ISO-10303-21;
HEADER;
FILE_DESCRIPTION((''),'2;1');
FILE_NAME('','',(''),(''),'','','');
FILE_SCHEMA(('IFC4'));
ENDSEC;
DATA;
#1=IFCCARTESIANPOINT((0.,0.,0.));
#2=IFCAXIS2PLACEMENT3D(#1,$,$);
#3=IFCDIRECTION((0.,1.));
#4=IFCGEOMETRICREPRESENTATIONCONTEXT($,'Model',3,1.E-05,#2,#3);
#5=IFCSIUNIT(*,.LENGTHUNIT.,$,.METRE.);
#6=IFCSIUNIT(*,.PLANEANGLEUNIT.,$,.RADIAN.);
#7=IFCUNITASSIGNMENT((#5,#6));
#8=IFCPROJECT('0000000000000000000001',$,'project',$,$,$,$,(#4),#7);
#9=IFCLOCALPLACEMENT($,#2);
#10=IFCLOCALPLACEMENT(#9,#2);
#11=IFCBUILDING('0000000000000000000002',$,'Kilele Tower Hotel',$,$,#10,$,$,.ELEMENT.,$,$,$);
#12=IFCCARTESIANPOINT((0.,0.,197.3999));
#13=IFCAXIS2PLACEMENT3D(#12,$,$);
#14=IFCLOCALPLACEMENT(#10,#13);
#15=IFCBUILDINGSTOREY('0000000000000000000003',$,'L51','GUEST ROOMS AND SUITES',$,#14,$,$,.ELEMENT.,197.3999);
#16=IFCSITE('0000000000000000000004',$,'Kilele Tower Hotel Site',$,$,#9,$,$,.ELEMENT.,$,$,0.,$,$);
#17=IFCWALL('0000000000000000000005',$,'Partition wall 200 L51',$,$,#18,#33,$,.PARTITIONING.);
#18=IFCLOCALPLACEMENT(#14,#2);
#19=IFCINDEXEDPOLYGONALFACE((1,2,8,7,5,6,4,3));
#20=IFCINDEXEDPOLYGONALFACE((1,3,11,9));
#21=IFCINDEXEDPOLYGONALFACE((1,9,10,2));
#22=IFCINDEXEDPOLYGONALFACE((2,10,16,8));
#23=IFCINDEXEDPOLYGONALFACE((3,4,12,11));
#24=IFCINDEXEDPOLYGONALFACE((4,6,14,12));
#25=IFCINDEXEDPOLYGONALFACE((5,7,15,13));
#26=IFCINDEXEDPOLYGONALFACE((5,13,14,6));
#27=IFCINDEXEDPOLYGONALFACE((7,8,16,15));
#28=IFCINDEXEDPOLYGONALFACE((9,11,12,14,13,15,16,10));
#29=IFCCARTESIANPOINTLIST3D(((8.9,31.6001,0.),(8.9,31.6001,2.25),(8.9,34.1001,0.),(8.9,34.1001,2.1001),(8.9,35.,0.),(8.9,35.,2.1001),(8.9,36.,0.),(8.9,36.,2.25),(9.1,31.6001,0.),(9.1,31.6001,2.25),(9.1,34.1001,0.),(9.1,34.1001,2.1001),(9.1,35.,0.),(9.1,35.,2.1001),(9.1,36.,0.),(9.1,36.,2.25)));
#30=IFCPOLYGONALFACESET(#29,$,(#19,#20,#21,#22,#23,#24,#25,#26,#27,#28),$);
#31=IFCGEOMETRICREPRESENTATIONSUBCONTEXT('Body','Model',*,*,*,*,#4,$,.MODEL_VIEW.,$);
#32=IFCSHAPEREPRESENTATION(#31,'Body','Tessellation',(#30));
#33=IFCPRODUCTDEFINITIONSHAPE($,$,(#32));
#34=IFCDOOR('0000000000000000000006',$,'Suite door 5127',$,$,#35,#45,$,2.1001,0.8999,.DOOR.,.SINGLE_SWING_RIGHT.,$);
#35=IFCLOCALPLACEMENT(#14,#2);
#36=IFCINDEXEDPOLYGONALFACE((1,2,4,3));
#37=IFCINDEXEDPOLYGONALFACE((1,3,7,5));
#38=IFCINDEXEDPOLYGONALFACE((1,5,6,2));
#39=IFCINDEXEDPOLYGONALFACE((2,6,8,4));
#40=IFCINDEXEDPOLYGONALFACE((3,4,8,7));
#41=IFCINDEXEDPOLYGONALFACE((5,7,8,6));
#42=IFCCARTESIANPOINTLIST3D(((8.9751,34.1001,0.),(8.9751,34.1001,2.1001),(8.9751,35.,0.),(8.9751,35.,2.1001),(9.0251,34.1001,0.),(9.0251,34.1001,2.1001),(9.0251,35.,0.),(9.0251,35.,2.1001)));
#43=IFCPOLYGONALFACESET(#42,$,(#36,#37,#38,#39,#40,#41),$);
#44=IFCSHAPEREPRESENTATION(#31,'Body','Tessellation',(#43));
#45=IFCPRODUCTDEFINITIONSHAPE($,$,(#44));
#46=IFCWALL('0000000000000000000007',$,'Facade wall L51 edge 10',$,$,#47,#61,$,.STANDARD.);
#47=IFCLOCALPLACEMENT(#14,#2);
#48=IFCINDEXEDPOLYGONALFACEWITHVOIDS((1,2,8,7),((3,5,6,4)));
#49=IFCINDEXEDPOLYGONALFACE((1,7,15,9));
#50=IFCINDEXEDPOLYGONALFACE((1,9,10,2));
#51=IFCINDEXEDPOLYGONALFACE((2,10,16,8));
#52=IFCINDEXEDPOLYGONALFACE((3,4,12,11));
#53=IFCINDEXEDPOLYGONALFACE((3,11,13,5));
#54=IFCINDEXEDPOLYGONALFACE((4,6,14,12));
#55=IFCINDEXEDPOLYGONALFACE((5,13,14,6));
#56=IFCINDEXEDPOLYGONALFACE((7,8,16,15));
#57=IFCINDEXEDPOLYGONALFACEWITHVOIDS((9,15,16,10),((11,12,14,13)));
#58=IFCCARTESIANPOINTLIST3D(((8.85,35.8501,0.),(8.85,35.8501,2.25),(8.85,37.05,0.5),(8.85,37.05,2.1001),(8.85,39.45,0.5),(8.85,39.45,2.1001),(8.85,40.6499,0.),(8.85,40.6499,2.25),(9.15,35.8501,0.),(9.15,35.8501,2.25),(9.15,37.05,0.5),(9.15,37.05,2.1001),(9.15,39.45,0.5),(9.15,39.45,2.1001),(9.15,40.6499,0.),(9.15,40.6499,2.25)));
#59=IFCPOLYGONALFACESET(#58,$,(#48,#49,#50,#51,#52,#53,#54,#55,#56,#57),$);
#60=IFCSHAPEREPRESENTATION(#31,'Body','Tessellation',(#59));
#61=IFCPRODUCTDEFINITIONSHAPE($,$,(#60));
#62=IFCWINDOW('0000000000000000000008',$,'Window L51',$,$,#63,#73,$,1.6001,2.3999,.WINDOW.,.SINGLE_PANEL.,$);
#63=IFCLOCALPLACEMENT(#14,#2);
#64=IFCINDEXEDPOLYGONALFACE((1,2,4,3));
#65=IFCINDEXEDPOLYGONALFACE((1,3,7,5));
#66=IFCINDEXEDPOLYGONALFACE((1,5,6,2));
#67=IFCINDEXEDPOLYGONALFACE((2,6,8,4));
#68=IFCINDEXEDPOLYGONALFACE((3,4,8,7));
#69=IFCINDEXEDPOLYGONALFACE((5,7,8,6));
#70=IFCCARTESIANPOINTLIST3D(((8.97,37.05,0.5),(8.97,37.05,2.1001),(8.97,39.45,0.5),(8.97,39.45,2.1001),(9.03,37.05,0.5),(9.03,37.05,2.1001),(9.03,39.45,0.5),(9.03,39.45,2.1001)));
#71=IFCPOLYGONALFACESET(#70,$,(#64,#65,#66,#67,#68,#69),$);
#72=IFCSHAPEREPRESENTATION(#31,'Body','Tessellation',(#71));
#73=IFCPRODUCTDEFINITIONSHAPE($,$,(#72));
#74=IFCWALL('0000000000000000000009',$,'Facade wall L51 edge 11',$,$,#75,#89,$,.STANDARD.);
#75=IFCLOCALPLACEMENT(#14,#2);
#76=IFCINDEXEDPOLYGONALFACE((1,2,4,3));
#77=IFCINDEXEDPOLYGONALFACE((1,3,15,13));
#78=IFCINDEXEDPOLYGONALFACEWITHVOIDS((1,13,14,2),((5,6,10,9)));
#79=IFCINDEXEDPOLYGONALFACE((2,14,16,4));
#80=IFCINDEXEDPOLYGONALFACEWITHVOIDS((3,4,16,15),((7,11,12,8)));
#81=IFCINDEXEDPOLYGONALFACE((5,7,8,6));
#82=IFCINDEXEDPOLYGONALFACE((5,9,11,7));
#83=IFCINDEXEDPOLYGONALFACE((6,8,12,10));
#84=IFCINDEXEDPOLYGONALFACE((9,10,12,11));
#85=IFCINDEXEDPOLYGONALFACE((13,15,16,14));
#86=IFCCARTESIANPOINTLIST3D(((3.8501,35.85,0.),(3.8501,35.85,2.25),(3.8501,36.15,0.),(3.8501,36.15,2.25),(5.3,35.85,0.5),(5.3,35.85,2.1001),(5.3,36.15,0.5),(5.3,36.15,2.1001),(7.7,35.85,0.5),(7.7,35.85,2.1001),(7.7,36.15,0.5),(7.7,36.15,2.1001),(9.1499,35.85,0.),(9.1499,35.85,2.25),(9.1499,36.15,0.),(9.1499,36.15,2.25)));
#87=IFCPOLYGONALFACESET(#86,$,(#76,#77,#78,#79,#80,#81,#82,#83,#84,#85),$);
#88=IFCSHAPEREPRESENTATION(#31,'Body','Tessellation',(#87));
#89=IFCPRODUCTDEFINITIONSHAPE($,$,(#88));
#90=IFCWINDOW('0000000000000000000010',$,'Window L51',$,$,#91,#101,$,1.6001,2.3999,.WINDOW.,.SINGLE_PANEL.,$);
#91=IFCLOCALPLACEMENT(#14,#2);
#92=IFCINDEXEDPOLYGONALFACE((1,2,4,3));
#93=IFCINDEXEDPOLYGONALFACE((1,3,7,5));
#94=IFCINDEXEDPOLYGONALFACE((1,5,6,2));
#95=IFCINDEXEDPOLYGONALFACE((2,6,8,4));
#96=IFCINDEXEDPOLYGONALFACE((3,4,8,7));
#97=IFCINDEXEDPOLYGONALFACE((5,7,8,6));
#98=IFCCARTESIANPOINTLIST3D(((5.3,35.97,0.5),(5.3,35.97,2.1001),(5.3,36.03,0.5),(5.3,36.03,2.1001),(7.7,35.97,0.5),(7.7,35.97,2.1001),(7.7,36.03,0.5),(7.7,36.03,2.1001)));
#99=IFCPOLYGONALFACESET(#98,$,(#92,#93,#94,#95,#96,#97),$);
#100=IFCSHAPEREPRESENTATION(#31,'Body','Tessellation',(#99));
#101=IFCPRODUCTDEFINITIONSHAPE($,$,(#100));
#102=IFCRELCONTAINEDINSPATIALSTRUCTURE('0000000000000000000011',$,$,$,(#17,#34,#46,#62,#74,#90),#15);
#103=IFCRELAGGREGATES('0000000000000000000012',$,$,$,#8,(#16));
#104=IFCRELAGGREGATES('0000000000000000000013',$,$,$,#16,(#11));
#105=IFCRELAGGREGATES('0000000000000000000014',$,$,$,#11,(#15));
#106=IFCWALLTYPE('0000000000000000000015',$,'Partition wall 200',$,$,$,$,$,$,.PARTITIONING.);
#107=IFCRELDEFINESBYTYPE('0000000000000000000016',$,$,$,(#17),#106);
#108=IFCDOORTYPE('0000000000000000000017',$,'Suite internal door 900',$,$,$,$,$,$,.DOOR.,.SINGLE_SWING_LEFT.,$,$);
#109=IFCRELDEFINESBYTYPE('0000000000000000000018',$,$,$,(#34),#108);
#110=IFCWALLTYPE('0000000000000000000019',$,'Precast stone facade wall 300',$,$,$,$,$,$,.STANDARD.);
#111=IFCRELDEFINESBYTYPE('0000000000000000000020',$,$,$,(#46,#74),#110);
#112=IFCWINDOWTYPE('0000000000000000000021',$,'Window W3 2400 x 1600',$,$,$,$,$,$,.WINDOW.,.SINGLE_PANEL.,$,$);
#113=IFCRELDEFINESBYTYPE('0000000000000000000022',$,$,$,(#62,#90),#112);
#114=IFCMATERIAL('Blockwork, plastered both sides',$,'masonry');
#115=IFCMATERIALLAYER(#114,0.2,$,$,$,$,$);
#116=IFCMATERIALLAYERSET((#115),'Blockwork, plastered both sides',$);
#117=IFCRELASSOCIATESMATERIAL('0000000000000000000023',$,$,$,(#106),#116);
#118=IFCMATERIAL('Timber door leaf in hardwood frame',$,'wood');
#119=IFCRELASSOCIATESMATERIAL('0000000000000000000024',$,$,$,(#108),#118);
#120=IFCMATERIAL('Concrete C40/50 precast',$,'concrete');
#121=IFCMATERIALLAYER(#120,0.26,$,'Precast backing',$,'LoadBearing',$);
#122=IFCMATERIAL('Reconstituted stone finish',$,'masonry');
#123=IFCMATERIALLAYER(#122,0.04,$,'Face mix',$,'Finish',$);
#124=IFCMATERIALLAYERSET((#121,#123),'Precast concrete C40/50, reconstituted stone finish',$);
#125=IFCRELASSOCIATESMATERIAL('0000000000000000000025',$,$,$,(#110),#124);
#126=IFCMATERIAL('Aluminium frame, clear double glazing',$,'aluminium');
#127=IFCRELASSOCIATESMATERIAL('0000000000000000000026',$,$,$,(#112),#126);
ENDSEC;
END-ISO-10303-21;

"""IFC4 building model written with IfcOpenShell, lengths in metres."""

from ifc_helpers import new_model, si_unit, direction, frame, frame_2d, origin, place, context, subcontext, project, spatial, rectangle, extrude, material, layer, layer_set, type_object, element, fill, save


model = new_model("IFC4")

# Units and contexts
model_context = context("Model", 3, precision=1e-05, world=origin(), true_north=direction((0.0, 1.0)))
body_context = subcontext(model_context, "Body", "Model", "MODEL_VIEW")
ifc_project = project(units=[si_unit("LENGTHUNIT", "METRE"), si_unit("PLANEANGLEUNIT", "RADIAN")], contexts=[model_context])

# Site, building, storey
site_placement = place(None, origin())
site = spatial("IfcSite", under=ifc_project, at=site_placement, Name="Kilele Tower Hotel Site", CompositionType="ELEMENT", RefElevation=0.0)
building_placement = place(site_placement, origin())
building = spatial("IfcBuilding", under=site, at=building_placement, Name="Kilele Tower Hotel", CompositionType="ELEMENT")
storey_placement = place(building_placement, frame((0.0, 0.0, 197.3999)))
storey = spatial("IfcBuildingStorey", under=building, at=storey_placement, Name="L51", Description="GUEST ROOMS AND SUITES", CompositionType="ELEMENT", Elevation=197.3999)

# Wall, opening, door
ifc_material_1 = material(Name="Blockwork, plastered both sides", Category="masonry")
ifc_layer_1 = layer(ifc_material_1, 0.2)
ifc_layer_set_1 = layer_set([ifc_layer_1], Name="Blockwork, plastered both sides")
wall_type_1 = type_object("IfcWallType", Name="Partition wall 200", PredefinedType="PARTITIONING", material=ifc_layer_set_1)
wall_1_placement = place(storey_placement, frame((9.0, 31.6001, 0.0), z_axis=(0.0, 0.0, 1.0), x_axis=(0.0, 1.0, 0.0)))
wall_1 = element("IfcWall", 1, at=wall_1_placement, inside=storey, type_object=wall_type_1, Name="Partition wall 200 L51", PredefinedType="PARTITIONING", context=body_context, shape_type="SweptSolid", body=[
    extrude(rectangle(XDim=4.3999, YDim=0.2, at=frame_2d((2.2, 0.0))), origin(), (0.0, 0.0, 1.0), 2.25),
])
opening_1_placement = place(wall_1_placement, frame((2.5, 0.0, 0.0)))
opening_1 = element("IfcOpeningElement", 2, at=opening_1_placement, cuts=wall_1, PredefinedType="OPENING", context=body_context, shape_type="SweptSolid", body=[
    extrude(rectangle(XDim=0.8999, YDim=2.1001, at=frame_2d((0.45, 1.05))), frame((0.0, 0.1099, 0.0), z_axis=(0.0, -1.0, 0.0), x_axis=(1.0, 0.0, 0.0)), (0.0, 0.0, 1.0), 0.22),
])
ifc_material_2 = material(Name="Timber door leaf in hardwood frame", Category="wood")
door_type_1 = type_object("IfcDoorType", Name="Suite internal door 900", OperationType="SINGLE_SWING_LEFT", PredefinedType="DOOR", material=ifc_material_2)
door_1_placement = place(opening_1_placement, origin())
door_1 = element("IfcDoor", 3, at=door_1_placement, inside=storey, type_object=door_type_1, Name="Suite door 5127", OperationType="SINGLE_SWING_RIGHT", OverallHeight=2.1001, OverallWidth=0.8999, PredefinedType="DOOR", context=body_context, shape_type="SweptSolid", body=[
    extrude(rectangle(XDim=0.8999, YDim=2.1001, at=frame_2d((0.45, 1.05))), frame((0.0, 0.0249, 0.0), z_axis=(0.0, -1.0, 0.0), x_axis=(1.0, 0.0, 0.0)), (0.0, 0.0, 1.0), 0.05),
])
fill(opening_1, door_1)

# Walls, openings, windows
ifc_material_3 = material(Name="Concrete C40/50 precast", Category="concrete")
ifc_layer_2 = layer(ifc_material_3, 0.26, Name="Precast backing", Category="LoadBearing")
ifc_material_4 = material(Name="Reconstituted stone finish", Category="masonry")
ifc_layer_3 = layer(ifc_material_4, 0.04, Name="Face mix", Category="Finish")
ifc_layer_set_2 = layer_set([ifc_layer_2, ifc_layer_3], Name="Precast concrete C40/50, reconstituted stone finish")
wall_type_2 = type_object("IfcWallType", Name="Precast stone facade wall 300", PredefinedType="STANDARD", material=ifc_layer_set_2)
wall_2_placement = place(storey_placement, frame((9.0, 40.6499, 0.0), z_axis=(0.0, 0.0, 1.0), x_axis=(0.0, -1.0, 0.0)))
wall_2 = element("IfcWall", 4, at=wall_2_placement, inside=storey, type_object=wall_type_2, Name="Facade wall L51 edge 10", PredefinedType="STANDARD", context=body_context, shape_type="SweptSolid", body=[
    extrude(rectangle(XDim=4.7998, YDim=0.3, at=frame_2d((2.3999, 0.0))), origin(), (0.0, 0.0, 1.0), 2.25),
])
opening_2_placement = place(wall_2_placement, frame((1.2, 0.0, 0.5)))
opening_2 = element("IfcOpeningElement", 5, at=opening_2_placement, cuts=wall_2, PredefinedType="OPENING", context=body_context, shape_type="SweptSolid", body=[
    extrude(rectangle(XDim=2.3999, YDim=1.6001, at=frame_2d((1.2, 0.8))), frame((0.0, 0.1599, 0.0), z_axis=(0.0, -1.0, 0.0), x_axis=(1.0, 0.0, 0.0)), (0.0, 0.0, 1.0), 0.3201),
])
ifc_material_5 = material(Name="Aluminium frame, clear double glazing", Category="aluminium")
window_type_1 = type_object("IfcWindowType", Name="Window W3 2400 x 1600", PartitioningType="SINGLE_PANEL", PredefinedType="WINDOW", material=ifc_material_5)
window_1_placement = place(opening_2_placement, origin())
window_1 = element("IfcWindow", 6, at=window_1_placement, inside=storey, type_object=window_type_1, Name="Window L51", OverallHeight=1.6001, OverallWidth=2.3999, PartitioningType="SINGLE_PANEL", PredefinedType="WINDOW", context=body_context, shape_type="SweptSolid", body=[
    extrude(rectangle(XDim=2.3999, YDim=1.6001, at=frame_2d((1.2, 0.8))), frame((0.0, 0.03, 0.0), z_axis=(0.0, -1.0, 0.0), x_axis=(1.0, 0.0, 0.0)), (0.0, 0.0, 1.0), 0.0601),
])
fill(opening_2, window_1)
wall_3_placement = place(storey_placement, frame((9.1499, 36.0, 0.0), z_axis=(0.0, 0.0, 1.0), x_axis=(-1.0, 0.0, 0.0)))
wall_3 = element("IfcWall", 7, at=wall_3_placement, inside=storey, type_object=wall_type_2, Name="Facade wall L51 edge 11", PredefinedType="STANDARD", context=body_context, shape_type="SweptSolid", body=[
    extrude(rectangle(XDim=5.2998, YDim=0.3, at=frame_2d((2.6499, 0.0))), origin(), (0.0, 0.0, 1.0), 2.25),
])
opening_3_placement = place(wall_3_placement, frame((1.45, 0.0, 0.5)))
opening_3 = element("IfcOpeningElement", 8, at=opening_3_placement, cuts=wall_3, PredefinedType="OPENING", context=body_context, shape_type="SweptSolid", body=[
    extrude(rectangle(XDim=2.3999, YDim=1.6001, at=frame_2d((1.2, 0.8))), frame((0.0, 0.1599, 0.0), z_axis=(0.0, -1.0, 0.0), x_axis=(1.0, 0.0, 0.0)), (0.0, 0.0, 1.0), 0.3201),
])
window_2_placement = place(opening_3_placement, origin())
window_2 = element("IfcWindow", 9, at=window_2_placement, inside=storey, type_object=window_type_1, Name="Window L51", OverallHeight=1.6001, OverallWidth=2.3999, PartitioningType="SINGLE_PANEL", PredefinedType="WINDOW", context=body_context, shape_type="SweptSolid", body=[
    extrude(rectangle(XDim=2.3999, YDim=1.6001, at=frame_2d((1.2, 0.8))), frame((0.0, 0.03, 0.0), z_axis=(0.0, -1.0, 0.0), x_axis=(1.0, 0.0, 0.0)), (0.0, 0.0, 1.0), 0.0601),
])
fill(opening_3, window_2)

save(model, "model.ifc")
